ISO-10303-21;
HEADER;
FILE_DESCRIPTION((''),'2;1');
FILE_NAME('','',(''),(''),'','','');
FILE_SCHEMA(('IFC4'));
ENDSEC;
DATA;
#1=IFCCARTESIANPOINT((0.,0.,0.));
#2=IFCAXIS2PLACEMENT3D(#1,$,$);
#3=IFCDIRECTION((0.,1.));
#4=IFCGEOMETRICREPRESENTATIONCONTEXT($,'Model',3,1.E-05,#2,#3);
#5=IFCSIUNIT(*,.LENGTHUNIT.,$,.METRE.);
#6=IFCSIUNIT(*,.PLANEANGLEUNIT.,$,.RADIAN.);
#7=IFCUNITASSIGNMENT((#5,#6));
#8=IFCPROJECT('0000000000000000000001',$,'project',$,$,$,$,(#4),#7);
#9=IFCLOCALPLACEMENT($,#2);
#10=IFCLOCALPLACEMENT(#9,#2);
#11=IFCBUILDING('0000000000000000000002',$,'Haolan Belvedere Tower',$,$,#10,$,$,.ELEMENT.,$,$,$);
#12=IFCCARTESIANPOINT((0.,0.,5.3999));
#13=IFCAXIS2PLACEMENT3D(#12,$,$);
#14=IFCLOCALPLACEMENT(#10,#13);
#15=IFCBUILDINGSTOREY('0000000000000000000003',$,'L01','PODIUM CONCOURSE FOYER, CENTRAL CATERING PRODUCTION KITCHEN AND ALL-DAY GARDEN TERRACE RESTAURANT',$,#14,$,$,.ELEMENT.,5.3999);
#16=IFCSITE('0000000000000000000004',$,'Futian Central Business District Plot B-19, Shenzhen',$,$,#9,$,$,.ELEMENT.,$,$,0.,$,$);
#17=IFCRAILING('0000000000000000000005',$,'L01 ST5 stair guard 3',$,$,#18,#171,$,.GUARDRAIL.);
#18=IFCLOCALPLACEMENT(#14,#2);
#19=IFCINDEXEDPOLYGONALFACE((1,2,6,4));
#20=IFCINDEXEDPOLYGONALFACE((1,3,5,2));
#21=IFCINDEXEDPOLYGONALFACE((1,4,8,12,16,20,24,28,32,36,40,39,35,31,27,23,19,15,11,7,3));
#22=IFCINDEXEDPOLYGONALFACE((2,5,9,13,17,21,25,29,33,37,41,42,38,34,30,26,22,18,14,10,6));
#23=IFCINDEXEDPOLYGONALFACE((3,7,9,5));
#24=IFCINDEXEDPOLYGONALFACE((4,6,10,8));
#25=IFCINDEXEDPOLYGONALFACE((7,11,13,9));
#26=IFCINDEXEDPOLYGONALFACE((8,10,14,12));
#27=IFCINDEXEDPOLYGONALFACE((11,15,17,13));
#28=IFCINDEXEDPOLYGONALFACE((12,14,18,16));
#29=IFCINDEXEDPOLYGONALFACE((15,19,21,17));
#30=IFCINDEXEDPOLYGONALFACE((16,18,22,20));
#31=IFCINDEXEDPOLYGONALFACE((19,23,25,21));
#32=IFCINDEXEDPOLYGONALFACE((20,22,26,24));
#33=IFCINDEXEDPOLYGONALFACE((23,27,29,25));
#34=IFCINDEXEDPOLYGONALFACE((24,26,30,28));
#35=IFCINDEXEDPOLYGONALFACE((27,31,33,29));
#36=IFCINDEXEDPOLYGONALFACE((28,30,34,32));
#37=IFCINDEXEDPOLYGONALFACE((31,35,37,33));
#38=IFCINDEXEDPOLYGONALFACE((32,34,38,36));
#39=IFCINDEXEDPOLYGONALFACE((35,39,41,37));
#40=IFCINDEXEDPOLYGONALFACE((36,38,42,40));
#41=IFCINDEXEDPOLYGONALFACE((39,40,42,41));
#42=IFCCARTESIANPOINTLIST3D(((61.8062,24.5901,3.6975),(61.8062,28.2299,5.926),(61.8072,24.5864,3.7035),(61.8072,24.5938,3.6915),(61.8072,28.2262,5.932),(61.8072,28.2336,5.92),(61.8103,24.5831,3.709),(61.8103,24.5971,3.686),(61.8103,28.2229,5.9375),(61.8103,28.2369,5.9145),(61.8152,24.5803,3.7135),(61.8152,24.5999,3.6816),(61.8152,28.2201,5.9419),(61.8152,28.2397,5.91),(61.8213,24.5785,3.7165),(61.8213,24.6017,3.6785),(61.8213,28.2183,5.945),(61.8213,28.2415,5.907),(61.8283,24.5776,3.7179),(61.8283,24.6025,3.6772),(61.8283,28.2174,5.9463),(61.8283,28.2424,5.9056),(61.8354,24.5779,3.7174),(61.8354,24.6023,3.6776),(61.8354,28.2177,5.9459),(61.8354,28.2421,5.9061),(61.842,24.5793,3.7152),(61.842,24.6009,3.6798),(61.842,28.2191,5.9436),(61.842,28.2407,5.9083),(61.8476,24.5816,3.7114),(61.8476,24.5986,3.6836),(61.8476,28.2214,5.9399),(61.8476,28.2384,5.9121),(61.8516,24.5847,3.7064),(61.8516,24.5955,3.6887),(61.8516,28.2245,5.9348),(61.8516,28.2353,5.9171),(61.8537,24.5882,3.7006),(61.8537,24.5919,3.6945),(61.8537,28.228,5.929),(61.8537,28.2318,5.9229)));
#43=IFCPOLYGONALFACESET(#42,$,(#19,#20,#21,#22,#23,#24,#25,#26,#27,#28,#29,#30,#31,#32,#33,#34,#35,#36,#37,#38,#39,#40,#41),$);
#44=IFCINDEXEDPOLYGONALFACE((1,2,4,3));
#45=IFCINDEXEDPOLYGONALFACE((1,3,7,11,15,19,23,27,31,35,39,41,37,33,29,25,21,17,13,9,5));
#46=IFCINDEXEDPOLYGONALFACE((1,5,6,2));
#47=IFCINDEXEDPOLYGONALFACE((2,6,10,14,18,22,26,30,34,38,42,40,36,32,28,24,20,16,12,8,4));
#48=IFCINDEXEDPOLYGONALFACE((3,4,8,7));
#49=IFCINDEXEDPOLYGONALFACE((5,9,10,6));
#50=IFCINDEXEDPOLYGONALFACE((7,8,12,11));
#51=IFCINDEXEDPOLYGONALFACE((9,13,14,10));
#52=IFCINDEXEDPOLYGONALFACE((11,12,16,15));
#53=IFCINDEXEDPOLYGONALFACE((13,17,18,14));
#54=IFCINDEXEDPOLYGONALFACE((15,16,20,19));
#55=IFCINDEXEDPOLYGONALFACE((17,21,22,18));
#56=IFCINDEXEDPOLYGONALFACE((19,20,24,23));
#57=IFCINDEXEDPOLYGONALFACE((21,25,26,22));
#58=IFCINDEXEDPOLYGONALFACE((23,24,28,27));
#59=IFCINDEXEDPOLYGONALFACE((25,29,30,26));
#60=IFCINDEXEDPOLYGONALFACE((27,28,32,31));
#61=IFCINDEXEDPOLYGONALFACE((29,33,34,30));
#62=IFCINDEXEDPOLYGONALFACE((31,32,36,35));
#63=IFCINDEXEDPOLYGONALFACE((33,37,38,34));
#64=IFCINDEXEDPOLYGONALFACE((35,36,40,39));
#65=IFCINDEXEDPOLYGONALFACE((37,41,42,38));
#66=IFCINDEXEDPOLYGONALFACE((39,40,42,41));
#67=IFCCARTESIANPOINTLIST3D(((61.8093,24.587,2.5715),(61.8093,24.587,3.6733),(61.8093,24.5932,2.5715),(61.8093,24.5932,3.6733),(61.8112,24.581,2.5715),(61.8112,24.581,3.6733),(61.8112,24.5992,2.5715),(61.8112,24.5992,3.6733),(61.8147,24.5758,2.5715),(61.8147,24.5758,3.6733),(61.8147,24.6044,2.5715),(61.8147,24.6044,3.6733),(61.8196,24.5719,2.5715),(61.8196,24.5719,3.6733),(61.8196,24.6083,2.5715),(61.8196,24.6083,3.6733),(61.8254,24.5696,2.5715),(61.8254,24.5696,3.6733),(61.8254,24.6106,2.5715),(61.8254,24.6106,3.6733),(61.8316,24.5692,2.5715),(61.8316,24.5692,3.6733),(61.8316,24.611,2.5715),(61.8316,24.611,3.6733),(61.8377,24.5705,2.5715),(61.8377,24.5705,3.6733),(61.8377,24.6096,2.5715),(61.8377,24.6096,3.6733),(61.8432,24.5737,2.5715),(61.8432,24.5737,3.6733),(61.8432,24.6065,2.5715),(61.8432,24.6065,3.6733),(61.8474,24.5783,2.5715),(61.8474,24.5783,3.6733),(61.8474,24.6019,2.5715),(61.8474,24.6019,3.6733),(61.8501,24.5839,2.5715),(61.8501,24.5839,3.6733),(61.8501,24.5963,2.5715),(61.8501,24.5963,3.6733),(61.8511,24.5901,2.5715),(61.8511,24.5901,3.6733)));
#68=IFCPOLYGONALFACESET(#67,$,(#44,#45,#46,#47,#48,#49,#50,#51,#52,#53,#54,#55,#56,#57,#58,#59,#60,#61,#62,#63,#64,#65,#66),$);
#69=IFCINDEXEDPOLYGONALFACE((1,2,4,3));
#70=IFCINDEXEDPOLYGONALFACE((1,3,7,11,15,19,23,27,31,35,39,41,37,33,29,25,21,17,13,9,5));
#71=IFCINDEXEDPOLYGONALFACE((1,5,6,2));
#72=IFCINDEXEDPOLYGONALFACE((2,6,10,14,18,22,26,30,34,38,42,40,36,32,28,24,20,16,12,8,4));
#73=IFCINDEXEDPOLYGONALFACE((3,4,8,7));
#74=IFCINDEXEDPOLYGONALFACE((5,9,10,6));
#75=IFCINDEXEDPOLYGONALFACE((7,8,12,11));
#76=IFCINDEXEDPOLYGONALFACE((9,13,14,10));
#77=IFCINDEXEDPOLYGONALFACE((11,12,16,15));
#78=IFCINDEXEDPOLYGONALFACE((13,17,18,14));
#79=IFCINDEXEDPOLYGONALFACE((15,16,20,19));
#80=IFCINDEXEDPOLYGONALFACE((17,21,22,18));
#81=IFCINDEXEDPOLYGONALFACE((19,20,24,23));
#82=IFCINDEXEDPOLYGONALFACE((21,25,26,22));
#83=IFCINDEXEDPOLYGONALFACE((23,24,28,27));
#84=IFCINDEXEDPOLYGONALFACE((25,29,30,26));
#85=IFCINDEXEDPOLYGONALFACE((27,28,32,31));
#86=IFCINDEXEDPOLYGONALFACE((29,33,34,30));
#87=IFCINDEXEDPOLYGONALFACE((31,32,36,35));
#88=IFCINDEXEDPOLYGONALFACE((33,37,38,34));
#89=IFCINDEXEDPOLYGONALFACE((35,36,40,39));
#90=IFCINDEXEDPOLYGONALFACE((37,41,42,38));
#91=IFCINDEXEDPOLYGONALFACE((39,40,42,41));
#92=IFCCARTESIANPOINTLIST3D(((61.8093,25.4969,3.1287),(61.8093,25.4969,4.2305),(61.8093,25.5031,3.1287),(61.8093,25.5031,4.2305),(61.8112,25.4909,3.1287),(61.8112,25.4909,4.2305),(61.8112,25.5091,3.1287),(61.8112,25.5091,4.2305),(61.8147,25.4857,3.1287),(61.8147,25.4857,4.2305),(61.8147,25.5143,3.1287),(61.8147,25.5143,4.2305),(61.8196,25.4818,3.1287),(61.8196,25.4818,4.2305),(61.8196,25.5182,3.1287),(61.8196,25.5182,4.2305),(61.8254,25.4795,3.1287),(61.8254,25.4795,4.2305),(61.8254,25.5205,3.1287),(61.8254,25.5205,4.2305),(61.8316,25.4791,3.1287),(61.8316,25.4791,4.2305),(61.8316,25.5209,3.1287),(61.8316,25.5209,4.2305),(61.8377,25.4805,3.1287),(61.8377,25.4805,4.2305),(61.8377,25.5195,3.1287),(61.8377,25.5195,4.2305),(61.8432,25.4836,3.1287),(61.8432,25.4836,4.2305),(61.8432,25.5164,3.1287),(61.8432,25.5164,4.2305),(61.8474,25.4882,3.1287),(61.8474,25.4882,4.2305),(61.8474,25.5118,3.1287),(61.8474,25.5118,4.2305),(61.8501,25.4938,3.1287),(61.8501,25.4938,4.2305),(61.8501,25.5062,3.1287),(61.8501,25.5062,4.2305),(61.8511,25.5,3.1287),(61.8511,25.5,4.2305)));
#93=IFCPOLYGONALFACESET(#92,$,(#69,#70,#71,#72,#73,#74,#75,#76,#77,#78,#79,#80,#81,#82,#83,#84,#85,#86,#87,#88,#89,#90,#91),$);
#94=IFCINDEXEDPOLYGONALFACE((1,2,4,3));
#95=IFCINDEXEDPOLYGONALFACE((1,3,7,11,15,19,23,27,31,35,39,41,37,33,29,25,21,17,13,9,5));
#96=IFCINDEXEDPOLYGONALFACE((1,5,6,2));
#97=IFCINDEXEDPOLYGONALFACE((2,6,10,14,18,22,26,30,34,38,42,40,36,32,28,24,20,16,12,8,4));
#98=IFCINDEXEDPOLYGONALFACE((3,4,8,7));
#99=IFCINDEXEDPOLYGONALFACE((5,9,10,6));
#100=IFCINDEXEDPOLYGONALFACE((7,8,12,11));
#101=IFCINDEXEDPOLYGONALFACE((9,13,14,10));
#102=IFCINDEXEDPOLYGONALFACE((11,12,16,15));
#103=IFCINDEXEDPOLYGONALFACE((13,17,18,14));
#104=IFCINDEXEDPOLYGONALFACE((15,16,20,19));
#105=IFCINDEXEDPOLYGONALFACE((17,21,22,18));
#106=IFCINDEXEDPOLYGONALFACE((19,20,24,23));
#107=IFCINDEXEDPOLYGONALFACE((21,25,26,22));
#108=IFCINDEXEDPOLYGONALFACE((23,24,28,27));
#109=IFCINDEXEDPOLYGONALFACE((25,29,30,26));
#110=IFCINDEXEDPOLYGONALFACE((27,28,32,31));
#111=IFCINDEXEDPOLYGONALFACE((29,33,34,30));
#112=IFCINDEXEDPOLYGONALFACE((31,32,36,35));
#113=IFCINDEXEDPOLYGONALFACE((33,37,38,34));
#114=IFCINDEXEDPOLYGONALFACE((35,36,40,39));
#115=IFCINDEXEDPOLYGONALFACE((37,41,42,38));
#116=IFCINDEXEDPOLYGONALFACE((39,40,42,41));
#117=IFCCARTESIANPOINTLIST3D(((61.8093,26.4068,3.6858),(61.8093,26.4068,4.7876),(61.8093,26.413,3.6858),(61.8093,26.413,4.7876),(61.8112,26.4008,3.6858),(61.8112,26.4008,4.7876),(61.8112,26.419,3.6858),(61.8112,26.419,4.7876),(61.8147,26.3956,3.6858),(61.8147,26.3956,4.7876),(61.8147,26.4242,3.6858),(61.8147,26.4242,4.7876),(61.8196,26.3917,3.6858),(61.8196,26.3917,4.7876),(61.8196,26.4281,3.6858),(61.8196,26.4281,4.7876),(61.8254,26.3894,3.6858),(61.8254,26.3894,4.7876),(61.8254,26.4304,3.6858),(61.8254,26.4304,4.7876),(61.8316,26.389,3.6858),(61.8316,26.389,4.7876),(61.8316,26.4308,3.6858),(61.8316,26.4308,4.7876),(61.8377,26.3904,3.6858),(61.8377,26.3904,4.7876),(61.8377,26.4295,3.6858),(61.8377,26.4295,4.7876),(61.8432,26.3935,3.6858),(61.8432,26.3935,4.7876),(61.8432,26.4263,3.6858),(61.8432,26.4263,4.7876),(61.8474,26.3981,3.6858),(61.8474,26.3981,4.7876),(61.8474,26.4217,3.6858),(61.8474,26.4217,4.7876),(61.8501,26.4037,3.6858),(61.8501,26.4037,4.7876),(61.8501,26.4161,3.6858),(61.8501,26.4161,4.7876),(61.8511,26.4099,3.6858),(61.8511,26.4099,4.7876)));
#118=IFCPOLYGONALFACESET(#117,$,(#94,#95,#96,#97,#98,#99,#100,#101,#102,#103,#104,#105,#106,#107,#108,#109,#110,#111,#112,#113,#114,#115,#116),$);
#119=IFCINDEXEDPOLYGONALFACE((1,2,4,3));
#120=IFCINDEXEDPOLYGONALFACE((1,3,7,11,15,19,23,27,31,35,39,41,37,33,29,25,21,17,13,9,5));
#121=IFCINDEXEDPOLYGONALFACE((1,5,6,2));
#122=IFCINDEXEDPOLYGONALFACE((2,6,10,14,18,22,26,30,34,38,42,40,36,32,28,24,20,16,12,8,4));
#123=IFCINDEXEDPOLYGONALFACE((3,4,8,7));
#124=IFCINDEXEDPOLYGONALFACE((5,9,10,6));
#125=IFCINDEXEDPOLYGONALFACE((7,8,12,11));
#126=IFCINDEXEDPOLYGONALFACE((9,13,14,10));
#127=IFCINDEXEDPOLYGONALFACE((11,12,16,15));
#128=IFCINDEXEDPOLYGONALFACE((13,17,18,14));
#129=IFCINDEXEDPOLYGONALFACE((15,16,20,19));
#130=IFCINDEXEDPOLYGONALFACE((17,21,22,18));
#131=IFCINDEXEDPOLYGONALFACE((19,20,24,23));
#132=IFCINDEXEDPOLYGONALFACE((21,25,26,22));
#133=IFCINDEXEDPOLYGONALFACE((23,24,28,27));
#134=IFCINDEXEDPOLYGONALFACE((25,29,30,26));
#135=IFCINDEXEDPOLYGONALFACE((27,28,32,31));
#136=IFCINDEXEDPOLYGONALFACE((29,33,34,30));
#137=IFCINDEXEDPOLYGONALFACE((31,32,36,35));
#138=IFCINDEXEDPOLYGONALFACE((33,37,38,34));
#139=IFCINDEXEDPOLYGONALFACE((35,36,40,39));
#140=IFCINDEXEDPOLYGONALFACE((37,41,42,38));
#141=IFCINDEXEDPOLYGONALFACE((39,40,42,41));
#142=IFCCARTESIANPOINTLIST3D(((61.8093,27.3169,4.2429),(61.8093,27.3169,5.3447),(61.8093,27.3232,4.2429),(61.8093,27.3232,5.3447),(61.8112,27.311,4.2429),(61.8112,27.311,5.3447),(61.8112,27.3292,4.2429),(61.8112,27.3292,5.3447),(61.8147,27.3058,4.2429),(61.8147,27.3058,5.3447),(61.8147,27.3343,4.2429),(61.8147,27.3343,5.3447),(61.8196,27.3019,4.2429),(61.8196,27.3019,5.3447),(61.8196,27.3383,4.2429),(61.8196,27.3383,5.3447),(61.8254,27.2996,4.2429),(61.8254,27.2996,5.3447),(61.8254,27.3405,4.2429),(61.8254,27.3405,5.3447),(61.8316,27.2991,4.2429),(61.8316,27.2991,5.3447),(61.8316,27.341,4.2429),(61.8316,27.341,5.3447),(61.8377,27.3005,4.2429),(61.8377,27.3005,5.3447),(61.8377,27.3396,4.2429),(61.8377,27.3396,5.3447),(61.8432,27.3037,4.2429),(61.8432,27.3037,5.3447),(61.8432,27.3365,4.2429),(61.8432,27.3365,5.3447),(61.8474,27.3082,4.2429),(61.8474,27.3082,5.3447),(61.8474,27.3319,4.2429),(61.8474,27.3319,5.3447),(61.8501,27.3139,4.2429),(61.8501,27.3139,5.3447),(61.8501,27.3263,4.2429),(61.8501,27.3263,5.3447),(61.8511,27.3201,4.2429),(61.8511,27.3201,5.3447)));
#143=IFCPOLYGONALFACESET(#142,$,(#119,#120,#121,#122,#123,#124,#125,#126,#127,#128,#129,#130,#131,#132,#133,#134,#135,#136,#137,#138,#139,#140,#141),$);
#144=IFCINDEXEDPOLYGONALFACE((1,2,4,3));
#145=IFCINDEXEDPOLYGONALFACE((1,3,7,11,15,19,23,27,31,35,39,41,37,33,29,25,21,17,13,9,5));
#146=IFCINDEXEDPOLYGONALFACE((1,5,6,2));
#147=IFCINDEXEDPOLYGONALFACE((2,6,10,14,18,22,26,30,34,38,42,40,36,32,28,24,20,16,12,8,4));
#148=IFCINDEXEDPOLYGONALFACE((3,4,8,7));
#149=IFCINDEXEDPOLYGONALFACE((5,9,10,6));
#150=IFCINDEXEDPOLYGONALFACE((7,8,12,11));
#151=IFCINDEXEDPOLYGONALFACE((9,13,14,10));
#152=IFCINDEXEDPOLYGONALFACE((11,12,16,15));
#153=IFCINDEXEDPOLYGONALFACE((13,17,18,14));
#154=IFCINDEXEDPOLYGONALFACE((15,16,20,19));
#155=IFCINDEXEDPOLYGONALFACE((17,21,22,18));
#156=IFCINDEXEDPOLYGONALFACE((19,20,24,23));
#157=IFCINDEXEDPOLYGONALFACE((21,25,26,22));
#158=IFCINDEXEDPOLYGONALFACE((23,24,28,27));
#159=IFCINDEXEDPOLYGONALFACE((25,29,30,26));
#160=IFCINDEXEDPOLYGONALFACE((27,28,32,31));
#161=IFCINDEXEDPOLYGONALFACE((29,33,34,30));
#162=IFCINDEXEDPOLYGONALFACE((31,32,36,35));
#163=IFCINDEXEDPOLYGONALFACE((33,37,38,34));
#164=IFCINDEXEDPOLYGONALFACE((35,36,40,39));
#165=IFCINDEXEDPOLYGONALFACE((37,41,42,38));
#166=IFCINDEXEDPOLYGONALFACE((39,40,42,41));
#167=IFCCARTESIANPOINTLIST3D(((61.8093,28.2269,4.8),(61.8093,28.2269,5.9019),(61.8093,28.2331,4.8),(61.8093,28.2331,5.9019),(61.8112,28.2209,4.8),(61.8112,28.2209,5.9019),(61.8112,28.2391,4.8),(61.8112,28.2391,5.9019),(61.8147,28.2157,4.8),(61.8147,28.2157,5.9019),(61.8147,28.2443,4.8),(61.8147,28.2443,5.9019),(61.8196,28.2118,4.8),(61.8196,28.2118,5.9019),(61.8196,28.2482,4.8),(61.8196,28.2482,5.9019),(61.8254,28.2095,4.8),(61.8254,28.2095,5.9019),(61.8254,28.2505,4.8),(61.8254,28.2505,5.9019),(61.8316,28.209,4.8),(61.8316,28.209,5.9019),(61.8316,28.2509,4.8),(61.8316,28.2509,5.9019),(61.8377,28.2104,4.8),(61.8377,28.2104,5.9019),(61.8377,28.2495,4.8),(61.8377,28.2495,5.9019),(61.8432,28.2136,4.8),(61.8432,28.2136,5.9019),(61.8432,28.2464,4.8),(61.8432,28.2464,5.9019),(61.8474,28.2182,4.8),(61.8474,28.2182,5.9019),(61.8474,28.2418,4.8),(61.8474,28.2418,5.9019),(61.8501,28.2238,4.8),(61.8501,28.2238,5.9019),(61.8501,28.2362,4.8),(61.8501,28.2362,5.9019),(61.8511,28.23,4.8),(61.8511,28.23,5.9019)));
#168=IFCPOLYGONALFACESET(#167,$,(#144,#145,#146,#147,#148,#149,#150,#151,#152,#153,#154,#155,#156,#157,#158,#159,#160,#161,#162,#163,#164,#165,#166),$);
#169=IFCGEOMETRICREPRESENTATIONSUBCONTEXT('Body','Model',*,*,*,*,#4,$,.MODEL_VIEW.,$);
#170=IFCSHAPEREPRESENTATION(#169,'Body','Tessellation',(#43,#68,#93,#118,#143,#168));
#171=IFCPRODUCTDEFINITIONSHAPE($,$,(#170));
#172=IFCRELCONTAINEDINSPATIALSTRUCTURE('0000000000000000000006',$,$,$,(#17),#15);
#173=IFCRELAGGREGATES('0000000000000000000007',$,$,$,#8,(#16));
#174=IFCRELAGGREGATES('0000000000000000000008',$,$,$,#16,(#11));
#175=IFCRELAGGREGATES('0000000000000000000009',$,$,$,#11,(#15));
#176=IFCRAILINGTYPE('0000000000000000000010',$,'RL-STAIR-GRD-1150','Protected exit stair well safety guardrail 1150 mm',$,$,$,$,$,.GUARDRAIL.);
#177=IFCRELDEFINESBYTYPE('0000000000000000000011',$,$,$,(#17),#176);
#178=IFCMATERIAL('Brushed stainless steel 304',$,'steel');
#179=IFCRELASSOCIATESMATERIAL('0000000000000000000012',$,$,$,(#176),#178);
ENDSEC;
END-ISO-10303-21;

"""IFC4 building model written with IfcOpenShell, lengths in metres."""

from ifc_helpers import new_model, si_unit, direction, frame, origin, origin_2d, place, context, subcontext, project, spatial, circle, extrude, material, type_object, element, save


model = new_model("IFC4")

# Units and contexts
model_context = context("Model", 3, precision=1e-05, world=origin(), true_north=direction((0.0, 1.0)))
body_context = subcontext(model_context, "Body", "Model", "MODEL_VIEW")
ifc_project = project(units=[si_unit("LENGTHUNIT", "METRE"), si_unit("PLANEANGLEUNIT", "RADIAN")], contexts=[model_context])

# Site, building, storey
site_placement = place(None, origin())
site = spatial("IfcSite", under=ifc_project, at=site_placement, Name="Futian Central Business District Plot B-19, Shenzhen", CompositionType="ELEMENT", RefElevation=0.0)
building_placement = place(site_placement, origin())
building = spatial("IfcBuilding", under=site, at=building_placement, Name="Haolan Belvedere Tower", CompositionType="ELEMENT")
storey_placement = place(building_placement, frame((0.0, 0.0, 5.3999)))
storey = spatial("IfcBuildingStorey", under=building, at=storey_placement, Name="L01", Description="PODIUM CONCOURSE FOYER, CENTRAL CATERING PRODUCTION KITCHEN AND ALL-DAY GARDEN TERRACE RESTAURANT", CompositionType="ELEMENT", Elevation=5.3999)

# Railing
ifc_material_1 = material(Name="Brushed stainless steel 304", Category="steel")
railing_type_1 = type_object("IfcRailingType", Name="RL-STAIR-GRD-1150", Description="Protected exit stair well safety guardrail 1150 mm", PredefinedType="GUARDRAIL", material=ifc_material_1)
railing_1_placement = place(storey_placement, frame((61.8301, 24.5901, 2.5715)))
element("IfcRailing", 1, at=railing_1_placement, inside=storey, type_object=railing_type_1, Name="L01 ST5 stair guard 3", PredefinedType="GUARDRAIL", context=body_context, shape_type="SweptSolid", body=[
    extrude(circle(Radius=0.0239, at=origin_2d()), frame((0.0, 0.0, 1.126), z_axis=(0.0, 0.85285, 0.522156), x_axis=(-1.0, 0.0, 0.0)), (0.0, 0.0, 1.0), 4.2678),
    extrude(circle(Radius=0.021, at=origin_2d()), origin(), (0.0, 0.0, 1.0), 1.1018),
    extrude(circle(Radius=0.021, at=origin_2d()), frame((0.0, 0.9099, 0.5571)), (0.0, 0.0, 1.0), 1.1018),
    extrude(circle(Radius=0.021, at=origin_2d()), frame((0.0, 1.8198, 1.1143)), (0.0, 0.0, 1.0), 1.1018),
    extrude(circle(Radius=0.021, at=origin_2d()), frame((0.0, 2.73, 1.6714)), (0.0, 0.0, 1.0), 1.1018),
    extrude(circle(Radius=0.021, at=origin_2d()), frame((0.0, 3.6399, 2.2285)), (0.0, 0.0, 1.0), 1.1018),
])

save(model, "model.ifc")
